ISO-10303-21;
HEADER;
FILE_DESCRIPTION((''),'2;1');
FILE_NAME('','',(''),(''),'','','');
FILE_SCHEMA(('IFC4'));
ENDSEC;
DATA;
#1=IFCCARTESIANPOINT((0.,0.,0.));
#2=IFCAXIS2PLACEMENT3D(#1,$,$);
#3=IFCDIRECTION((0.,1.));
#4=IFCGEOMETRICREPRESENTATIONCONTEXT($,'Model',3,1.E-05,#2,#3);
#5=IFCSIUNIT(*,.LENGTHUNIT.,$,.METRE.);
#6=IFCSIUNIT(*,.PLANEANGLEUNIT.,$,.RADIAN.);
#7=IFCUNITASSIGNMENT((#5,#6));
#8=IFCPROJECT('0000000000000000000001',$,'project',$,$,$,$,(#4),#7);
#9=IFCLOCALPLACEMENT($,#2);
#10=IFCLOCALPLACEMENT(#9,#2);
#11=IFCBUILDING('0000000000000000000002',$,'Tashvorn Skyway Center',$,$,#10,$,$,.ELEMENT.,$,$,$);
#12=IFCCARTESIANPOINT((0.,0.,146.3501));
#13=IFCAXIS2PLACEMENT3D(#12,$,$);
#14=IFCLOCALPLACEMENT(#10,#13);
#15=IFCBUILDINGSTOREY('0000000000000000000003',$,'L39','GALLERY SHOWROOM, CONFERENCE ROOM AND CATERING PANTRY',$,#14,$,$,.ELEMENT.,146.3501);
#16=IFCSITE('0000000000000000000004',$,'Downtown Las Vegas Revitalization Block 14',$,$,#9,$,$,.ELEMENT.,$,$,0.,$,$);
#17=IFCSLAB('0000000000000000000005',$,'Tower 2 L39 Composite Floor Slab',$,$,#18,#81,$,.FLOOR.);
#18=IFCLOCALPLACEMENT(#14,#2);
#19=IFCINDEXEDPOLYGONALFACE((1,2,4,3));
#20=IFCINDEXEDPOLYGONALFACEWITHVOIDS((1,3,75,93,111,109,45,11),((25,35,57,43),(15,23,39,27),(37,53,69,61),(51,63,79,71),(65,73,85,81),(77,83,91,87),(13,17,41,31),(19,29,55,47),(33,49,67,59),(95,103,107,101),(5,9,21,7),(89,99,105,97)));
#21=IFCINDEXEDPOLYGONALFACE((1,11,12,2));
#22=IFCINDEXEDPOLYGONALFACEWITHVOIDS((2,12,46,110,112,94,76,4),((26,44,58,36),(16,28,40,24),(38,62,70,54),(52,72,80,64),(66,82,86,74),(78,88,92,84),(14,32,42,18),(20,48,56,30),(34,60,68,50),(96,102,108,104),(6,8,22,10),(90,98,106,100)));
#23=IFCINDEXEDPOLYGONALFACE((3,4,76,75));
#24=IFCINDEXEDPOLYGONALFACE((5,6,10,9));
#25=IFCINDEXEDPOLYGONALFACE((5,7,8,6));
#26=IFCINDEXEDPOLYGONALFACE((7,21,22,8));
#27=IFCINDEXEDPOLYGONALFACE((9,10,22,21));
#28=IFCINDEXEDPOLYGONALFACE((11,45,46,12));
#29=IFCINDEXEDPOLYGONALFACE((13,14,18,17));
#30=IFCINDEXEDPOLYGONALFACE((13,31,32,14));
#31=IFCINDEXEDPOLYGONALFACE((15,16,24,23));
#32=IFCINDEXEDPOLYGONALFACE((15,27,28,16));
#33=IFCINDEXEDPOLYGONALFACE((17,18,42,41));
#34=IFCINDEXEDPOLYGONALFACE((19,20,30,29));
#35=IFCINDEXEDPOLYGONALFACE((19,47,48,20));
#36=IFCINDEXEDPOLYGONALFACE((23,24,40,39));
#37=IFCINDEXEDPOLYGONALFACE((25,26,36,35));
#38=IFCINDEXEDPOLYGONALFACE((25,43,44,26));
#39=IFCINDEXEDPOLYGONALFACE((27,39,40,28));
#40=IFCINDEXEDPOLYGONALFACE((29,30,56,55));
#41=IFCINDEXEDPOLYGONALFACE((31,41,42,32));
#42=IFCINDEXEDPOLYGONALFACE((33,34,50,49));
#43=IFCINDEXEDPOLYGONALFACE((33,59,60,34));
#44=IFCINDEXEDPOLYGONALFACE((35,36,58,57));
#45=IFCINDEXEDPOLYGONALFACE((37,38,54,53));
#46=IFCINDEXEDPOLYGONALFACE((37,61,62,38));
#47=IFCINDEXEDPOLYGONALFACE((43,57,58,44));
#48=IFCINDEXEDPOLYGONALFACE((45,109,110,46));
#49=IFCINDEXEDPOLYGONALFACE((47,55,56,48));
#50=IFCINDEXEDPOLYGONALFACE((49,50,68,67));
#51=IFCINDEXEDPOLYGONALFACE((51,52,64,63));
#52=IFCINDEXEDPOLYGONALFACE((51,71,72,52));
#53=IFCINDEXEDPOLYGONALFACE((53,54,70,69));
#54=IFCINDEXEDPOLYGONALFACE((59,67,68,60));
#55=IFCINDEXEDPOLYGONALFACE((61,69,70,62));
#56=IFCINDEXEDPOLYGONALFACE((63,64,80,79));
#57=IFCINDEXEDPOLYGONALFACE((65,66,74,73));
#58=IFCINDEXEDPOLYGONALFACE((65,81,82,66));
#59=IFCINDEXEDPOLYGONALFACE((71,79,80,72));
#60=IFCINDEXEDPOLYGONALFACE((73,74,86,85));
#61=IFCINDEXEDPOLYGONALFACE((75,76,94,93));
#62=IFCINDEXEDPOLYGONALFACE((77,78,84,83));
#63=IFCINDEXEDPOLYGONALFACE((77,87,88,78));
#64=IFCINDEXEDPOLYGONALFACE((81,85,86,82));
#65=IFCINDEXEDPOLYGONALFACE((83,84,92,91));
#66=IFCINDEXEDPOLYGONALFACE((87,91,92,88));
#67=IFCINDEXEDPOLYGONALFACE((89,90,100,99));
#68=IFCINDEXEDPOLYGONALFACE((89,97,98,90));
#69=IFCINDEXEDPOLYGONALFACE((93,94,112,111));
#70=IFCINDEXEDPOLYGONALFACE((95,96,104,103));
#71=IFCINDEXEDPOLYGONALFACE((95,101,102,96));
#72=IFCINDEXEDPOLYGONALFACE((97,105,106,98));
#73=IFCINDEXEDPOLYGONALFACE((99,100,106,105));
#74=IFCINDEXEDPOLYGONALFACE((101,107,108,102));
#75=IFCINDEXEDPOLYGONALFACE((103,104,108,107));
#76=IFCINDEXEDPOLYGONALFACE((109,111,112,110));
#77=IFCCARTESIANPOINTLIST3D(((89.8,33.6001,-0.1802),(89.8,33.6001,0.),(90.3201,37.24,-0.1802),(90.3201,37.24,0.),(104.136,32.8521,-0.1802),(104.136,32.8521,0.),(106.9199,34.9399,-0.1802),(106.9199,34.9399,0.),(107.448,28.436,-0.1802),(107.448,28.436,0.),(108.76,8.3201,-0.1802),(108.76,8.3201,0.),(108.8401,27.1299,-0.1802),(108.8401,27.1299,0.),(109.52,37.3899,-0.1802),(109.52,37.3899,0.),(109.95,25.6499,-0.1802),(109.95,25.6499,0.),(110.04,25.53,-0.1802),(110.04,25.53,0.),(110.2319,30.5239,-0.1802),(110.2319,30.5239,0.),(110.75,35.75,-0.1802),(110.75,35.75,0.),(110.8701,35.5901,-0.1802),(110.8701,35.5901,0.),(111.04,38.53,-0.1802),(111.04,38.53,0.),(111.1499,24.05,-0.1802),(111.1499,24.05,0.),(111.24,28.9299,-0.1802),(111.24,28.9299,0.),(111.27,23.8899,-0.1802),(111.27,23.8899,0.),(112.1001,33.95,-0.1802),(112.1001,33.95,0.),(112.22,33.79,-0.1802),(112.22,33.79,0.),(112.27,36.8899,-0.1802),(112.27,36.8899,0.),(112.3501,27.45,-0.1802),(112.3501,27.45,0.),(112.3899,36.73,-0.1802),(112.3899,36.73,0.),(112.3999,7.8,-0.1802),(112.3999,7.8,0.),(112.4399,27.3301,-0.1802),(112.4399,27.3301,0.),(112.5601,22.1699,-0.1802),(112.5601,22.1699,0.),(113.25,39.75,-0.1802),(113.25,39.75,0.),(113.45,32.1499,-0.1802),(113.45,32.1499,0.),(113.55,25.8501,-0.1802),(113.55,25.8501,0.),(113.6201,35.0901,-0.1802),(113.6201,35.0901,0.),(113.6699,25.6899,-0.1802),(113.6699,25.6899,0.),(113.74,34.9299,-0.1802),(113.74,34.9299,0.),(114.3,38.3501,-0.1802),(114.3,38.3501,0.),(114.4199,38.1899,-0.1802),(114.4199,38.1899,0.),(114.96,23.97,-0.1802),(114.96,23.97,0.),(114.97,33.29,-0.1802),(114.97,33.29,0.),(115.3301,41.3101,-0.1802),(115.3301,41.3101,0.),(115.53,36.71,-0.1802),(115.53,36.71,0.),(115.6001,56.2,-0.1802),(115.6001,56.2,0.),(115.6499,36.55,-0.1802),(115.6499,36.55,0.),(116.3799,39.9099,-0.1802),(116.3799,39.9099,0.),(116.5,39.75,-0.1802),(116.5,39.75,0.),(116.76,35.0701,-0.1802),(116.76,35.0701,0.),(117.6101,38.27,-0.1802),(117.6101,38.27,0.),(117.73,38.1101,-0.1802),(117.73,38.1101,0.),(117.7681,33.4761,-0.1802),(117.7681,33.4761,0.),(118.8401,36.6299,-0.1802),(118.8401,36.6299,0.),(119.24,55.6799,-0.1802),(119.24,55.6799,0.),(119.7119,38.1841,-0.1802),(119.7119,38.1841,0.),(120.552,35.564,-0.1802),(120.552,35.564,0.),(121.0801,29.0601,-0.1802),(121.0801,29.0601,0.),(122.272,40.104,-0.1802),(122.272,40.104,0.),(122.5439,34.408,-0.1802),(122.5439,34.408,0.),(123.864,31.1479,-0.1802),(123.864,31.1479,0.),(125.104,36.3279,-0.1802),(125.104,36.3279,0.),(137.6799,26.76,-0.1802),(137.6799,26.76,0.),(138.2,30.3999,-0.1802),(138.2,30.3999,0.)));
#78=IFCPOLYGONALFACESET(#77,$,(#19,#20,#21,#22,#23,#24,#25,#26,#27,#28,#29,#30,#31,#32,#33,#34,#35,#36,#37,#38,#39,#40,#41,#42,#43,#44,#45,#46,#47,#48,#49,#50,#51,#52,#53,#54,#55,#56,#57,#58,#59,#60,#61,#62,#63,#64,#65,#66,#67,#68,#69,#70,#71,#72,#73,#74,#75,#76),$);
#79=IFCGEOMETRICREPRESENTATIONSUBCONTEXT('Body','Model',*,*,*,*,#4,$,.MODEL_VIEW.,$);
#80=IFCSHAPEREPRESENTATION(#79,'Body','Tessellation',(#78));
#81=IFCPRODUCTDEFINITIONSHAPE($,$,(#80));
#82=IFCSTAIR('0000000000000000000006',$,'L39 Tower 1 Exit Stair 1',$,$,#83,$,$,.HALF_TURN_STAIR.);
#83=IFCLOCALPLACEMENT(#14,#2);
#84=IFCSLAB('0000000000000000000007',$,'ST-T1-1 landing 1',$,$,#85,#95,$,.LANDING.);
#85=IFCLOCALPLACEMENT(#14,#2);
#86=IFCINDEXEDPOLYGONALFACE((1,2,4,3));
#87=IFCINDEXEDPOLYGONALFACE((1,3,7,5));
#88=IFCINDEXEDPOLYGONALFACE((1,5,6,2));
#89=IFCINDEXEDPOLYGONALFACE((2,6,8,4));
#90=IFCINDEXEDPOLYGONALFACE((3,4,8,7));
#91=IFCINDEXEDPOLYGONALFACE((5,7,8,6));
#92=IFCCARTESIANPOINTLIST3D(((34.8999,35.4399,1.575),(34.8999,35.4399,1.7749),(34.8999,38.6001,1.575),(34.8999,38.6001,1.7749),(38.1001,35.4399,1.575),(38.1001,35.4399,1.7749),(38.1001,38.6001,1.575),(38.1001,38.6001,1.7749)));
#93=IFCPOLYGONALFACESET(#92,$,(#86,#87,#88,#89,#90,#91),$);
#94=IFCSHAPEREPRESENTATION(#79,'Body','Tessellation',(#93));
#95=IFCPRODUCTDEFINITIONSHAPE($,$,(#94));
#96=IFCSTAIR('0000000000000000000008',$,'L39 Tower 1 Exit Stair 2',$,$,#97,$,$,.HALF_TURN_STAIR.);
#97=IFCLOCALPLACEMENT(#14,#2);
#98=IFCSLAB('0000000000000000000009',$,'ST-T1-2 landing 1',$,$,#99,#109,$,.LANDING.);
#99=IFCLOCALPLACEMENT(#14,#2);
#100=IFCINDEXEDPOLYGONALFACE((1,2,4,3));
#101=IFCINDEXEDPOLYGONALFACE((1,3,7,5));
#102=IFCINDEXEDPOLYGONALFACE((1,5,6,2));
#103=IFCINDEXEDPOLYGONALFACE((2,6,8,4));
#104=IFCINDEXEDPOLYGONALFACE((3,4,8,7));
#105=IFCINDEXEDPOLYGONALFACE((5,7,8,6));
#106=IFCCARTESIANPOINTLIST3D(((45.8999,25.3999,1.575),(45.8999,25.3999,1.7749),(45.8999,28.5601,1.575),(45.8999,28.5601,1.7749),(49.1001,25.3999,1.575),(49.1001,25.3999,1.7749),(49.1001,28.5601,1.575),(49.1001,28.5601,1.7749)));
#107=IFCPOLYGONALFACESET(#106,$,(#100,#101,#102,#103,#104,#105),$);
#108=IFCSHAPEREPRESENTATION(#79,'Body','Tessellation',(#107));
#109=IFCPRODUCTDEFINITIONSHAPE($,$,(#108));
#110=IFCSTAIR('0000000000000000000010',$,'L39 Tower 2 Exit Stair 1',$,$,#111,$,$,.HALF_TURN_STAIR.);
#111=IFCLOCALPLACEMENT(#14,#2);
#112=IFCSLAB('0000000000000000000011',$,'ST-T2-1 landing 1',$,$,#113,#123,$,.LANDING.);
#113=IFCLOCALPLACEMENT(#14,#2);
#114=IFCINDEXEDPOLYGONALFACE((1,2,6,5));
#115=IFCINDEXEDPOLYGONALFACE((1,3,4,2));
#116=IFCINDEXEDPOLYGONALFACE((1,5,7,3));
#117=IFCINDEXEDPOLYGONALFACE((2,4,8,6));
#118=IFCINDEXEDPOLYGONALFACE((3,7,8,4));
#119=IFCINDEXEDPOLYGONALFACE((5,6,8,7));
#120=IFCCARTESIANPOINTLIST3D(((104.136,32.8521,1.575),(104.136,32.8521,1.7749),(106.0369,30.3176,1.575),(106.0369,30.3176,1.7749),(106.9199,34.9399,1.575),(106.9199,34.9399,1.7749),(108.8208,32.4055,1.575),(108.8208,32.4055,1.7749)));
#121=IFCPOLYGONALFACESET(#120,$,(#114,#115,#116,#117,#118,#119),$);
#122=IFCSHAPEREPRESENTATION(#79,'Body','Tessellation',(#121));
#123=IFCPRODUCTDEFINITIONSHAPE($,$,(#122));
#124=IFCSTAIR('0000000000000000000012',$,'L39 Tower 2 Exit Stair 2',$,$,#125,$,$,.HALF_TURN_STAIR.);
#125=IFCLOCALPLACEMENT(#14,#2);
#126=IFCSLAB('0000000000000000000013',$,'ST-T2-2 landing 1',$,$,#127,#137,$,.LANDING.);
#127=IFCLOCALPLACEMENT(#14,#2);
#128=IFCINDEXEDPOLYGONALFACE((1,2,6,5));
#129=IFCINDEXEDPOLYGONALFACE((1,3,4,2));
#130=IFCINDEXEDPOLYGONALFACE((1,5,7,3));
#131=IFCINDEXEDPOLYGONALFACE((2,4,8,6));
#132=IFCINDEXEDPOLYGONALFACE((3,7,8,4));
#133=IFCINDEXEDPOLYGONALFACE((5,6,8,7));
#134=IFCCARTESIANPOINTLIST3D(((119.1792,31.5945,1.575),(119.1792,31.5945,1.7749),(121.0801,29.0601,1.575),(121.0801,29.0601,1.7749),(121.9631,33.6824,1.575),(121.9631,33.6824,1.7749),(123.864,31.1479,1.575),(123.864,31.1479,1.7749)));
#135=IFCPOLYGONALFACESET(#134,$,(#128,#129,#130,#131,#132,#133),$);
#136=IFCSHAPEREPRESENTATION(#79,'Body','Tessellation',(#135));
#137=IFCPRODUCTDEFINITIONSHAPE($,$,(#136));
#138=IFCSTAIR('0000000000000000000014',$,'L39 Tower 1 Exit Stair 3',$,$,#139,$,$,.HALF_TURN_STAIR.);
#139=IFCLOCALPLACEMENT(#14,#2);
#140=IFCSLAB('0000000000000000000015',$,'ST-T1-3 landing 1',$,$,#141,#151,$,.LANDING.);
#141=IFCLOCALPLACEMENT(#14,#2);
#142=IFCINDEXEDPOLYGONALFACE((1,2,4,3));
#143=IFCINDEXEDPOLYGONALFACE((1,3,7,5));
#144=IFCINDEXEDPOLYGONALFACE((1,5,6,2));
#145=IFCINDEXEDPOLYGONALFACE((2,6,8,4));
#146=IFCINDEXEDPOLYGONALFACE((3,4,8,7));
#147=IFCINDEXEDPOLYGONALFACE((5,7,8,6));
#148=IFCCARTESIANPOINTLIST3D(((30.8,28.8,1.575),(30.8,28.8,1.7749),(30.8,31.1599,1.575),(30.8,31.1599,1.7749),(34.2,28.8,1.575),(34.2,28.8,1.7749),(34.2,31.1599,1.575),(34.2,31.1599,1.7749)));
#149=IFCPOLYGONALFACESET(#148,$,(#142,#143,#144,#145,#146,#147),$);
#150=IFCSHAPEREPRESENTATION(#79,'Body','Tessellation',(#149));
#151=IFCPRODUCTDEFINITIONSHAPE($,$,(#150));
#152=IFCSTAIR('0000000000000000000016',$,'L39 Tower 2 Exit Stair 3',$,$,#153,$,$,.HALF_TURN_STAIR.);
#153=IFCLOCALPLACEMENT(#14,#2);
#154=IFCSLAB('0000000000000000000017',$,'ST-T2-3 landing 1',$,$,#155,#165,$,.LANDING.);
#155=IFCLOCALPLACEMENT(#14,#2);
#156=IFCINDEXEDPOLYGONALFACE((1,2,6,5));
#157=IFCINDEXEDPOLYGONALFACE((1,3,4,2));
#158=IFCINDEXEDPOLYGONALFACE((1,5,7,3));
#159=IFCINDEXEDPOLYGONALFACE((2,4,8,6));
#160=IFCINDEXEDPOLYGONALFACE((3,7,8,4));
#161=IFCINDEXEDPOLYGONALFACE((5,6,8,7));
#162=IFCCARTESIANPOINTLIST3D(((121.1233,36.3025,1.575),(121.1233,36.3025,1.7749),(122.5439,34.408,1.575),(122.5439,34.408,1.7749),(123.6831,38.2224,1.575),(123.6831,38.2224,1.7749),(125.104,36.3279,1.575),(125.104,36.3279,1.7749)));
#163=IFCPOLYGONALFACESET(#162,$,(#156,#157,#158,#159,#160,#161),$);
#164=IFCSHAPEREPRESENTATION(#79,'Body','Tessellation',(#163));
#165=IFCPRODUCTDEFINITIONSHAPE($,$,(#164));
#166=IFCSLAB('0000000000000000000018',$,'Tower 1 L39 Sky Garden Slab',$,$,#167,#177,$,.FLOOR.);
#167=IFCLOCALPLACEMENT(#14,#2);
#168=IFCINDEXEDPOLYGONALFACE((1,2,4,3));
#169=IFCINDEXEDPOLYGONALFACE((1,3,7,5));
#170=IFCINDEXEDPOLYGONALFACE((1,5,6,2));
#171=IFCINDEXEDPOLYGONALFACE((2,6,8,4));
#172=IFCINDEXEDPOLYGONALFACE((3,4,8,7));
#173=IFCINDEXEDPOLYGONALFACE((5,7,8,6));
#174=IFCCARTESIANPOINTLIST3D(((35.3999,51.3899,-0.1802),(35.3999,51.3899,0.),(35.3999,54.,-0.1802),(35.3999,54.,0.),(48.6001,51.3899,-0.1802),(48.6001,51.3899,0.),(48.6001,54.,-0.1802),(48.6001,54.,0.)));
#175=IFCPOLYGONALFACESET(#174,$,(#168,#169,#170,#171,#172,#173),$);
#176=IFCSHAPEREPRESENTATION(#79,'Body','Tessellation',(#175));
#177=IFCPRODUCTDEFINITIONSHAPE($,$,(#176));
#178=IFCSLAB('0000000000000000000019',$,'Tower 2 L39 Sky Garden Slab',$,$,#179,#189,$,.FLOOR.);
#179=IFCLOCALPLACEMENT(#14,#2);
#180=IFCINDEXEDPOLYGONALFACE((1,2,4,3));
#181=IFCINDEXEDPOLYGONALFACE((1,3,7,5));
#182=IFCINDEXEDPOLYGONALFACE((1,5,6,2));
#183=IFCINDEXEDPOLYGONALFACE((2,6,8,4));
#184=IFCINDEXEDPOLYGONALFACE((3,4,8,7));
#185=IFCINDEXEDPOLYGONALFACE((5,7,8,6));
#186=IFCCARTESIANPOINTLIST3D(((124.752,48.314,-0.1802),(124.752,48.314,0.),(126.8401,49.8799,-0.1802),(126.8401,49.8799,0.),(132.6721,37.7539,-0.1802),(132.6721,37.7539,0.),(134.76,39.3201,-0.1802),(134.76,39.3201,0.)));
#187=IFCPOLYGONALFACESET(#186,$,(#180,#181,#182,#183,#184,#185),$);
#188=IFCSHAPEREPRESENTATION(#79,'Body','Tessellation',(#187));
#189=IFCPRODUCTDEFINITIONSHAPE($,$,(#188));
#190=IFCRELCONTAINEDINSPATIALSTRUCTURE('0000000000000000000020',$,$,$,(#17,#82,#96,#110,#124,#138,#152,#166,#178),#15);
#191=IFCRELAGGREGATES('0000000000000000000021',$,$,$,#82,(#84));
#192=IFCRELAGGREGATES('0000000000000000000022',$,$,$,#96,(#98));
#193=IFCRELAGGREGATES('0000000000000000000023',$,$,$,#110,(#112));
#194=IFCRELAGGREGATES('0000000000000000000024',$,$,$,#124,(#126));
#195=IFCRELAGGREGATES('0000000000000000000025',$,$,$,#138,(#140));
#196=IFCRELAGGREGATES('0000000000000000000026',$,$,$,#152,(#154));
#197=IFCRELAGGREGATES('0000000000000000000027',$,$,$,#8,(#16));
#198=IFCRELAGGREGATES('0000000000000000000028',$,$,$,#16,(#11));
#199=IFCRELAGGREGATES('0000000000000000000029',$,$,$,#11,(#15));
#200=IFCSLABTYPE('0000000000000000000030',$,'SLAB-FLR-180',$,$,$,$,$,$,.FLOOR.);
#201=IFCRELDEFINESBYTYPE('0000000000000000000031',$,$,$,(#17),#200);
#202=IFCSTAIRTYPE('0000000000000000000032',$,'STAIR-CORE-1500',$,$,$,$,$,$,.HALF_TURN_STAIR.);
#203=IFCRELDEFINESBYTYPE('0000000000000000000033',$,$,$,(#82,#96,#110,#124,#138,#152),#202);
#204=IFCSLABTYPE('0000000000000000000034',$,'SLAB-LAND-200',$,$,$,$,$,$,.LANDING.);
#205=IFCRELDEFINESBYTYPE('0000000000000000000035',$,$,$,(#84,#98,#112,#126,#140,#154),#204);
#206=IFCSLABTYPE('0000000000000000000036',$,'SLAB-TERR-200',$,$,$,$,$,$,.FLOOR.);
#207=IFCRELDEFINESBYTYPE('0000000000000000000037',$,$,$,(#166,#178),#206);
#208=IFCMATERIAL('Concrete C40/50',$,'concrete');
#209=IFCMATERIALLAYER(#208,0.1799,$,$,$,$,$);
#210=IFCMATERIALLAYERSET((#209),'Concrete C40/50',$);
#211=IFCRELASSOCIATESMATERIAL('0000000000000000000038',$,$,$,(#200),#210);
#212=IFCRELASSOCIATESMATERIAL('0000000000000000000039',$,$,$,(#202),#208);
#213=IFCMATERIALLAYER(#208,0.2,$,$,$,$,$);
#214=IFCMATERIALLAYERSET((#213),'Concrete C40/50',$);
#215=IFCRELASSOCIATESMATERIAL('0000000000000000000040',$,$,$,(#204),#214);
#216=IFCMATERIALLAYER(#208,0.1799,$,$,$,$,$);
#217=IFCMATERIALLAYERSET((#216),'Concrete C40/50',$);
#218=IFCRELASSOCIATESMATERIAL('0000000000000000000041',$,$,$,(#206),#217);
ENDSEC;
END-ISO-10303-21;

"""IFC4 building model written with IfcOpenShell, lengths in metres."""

from ifc_helpers import new_model, si_unit, direction, frame, origin, place, context, subcontext, project, spatial, polyline, outline, extrude, material, layer, layer_set, type_object, element, aggregate, save


model = new_model("IFC4")

# Units and contexts
model_context = context("Model", 3, precision=1e-05, world=origin(), true_north=direction((0.0, 1.0)))
body_context = subcontext(model_context, "Body", "Model", "MODEL_VIEW")
ifc_project = project(units=[si_unit("LENGTHUNIT", "METRE"), si_unit("PLANEANGLEUNIT", "RADIAN")], contexts=[model_context])

# Site, building, storey
site_placement = place(None, origin())
site = spatial("IfcSite", under=ifc_project, at=site_placement, Name="Downtown Las Vegas Revitalization Block 14", CompositionType="ELEMENT", RefElevation=0.0)
building_placement = place(site_placement, origin())
building = spatial("IfcBuilding", under=site, at=building_placement, Name="Tashvorn Skyway Center", CompositionType="ELEMENT")
storey_placement = place(building_placement, frame((0.0, 0.0, 146.3501)))
storey = spatial("IfcBuildingStorey", under=building, at=storey_placement, Name="L39", Description="GALLERY SHOWROOM, CONFERENCE ROOM AND CATERING PANTRY", CompositionType="ELEMENT", Elevation=146.3501)

# Slab
ifc_material_1 = material(Name="Concrete C40/50", Category="concrete")
ifc_layer_1 = layer(ifc_material_1, 0.1799)
ifc_layer_set_1 = layer_set([ifc_layer_1], Name="Concrete C40/50")
slab_type_1 = type_object("IfcSlabType", Name="SLAB-FLR-180", PredefinedType="FLOOR", material=ifc_layer_set_1)
slab_1_placement = place(storey_placement, frame((0.0, 0.0, -0.1802)))
element("IfcSlab", 1, at=slab_1_placement, inside=storey, type_object=slab_type_1, Name="Tower 2 L39 Composite Floor Slab", PredefinedType="FLOOR", context=body_context, shape_type="SweptSolid", body=[
    extrude(outline(polyline([(112.3999, 7.8), (137.6799, 26.76), (138.2, 30.3999), (119.24, 55.6799), (115.6001, 56.2), (90.3201, 37.24), (89.8, 33.6001), (108.76, 8.3201), (112.3999, 7.8)]), holes=[polyline([(110.2319, 30.5239), (106.9199, 34.9399), (104.136, 32.8521), (107.448, 28.436), (110.2319, 30.5239)]), polyline([(117.7681, 33.4761), (121.0801, 29.0601), (123.864, 31.1479), (120.552, 35.564), (117.7681, 33.4761)]), polyline([(119.7119, 38.1841), (122.5439, 34.408), (125.104, 36.3279), (122.272, 40.104), (119.7119, 38.1841)]), polyline([(109.95, 25.6499), (112.3501, 27.45), (111.24, 28.9299), (108.8401, 27.1299), (109.95, 25.6499)]), polyline([(111.1499, 24.05), (113.55, 25.8501), (112.4399, 27.3301), (110.04, 25.53), (111.1499, 24.05)]), polyline([(112.5601, 22.1699), (114.96, 23.97), (113.6699, 25.6899), (111.27, 23.8899), (112.5601, 22.1699)]), polyline([(113.45, 32.1499), (114.97, 33.29), (113.74, 34.9299), (112.22, 33.79), (113.45, 32.1499)]), polyline([(112.1001, 33.95), (113.6201, 35.0901), (112.3899, 36.73), (110.8701, 35.5901), (112.1001, 33.95)]), polyline([(110.75, 35.75), (112.27, 36.8899), (111.04, 38.53), (109.52, 37.3899), (110.75, 35.75)]), polyline([(116.76, 35.0701), (118.8401, 36.6299), (117.73, 38.1101), (115.6499, 36.55), (116.76, 35.0701)]), polyline([(115.53, 36.71), (117.6101, 38.27), (116.5, 39.75), (114.4199, 38.1899), (115.53, 36.71)]), polyline([(114.3, 38.3501), (116.3799, 39.9099), (115.3301, 41.3101), (113.25, 39.75), (114.3, 38.3501)])]), origin(), (0.0, 0.0, 1.0), 0.1802),
])

# Stairs, slabs
stair_type = type_object("IfcStairType", Name="STAIR-CORE-1500", PredefinedType="HALF_TURN_STAIR", material=ifc_material_1)
stair_1_placement = place(storey_placement, origin())
stair_1 = element("IfcStair", 2, at=stair_1_placement, inside=storey, type_object=stair_type, Name="L39 Tower 1 Exit Stair 1", PredefinedType="HALF_TURN_STAIR")
ifc_layer_2 = layer(ifc_material_1, 0.2)
ifc_layer_set_2 = layer_set([ifc_layer_2], Name="Concrete C40/50")
slab_type_2 = type_object("IfcSlabType", Name="SLAB-LAND-200", PredefinedType="LANDING", material=ifc_layer_set_2)
slab_2_placement = place(storey_placement, frame((0.0, 0.0, 1.575)))
slab_2 = element("IfcSlab", 3, at=slab_2_placement, type_object=slab_type_2, Name="ST-T1-1 landing 1", PredefinedType="LANDING", context=body_context, shape_type="SweptSolid", body=[
    extrude(outline(polyline([(38.1001, 35.4399), (38.1001, 38.6001), (34.8999, 38.6001), (34.8999, 35.4399), (38.1001, 35.4399)])), origin(), (0.0, 0.0, 1.0), 0.2),
])
aggregate(stair_1, [slab_2])
stair_2_placement = place(storey_placement, origin())
stair_2 = element("IfcStair", 4, at=stair_2_placement, inside=storey, type_object=stair_type, Name="L39 Tower 1 Exit Stair 2", PredefinedType="HALF_TURN_STAIR")
slab_3_placement = place(storey_placement, frame((0.0, 0.0, 1.575)))
slab_3 = element("IfcSlab", 5, at=slab_3_placement, type_object=slab_type_2, Name="ST-T1-2 landing 1", PredefinedType="LANDING", context=body_context, shape_type="SweptSolid", body=[
    extrude(outline(polyline([(45.8999, 28.5601), (45.8999, 25.3999), (49.1001, 25.3999), (49.1001, 28.5601), (45.8999, 28.5601)])), origin(), (0.0, 0.0, 1.0), 0.2),
])
aggregate(stair_2, [slab_3])
stair_3_placement = place(storey_placement, origin())
stair_3 = element("IfcStair", 6, at=stair_3_placement, inside=storey, type_object=stair_type, Name="L39 Tower 2 Exit Stair 1", PredefinedType="HALF_TURN_STAIR")
slab_4_placement = place(storey_placement, frame((0.0, 0.0, 1.575)))
slab_4 = element("IfcSlab", 7, at=slab_4_placement, type_object=slab_type_2, Name="ST-T2-1 landing 1", PredefinedType="LANDING", context=body_context, shape_type="SweptSolid", body=[
    extrude(outline(polyline([(108.8208, 32.4055), (106.9199, 34.9399), (104.136, 32.8521), (106.0369, 30.3176), (108.8208, 32.4055)])), origin(), (0.0, 0.0, 1.0), 0.2),
])
aggregate(stair_3, [slab_4])
stair_4_placement = place(storey_placement, origin())
stair_4 = element("IfcStair", 8, at=stair_4_placement, inside=storey, type_object=stair_type, Name="L39 Tower 2 Exit Stair 2", PredefinedType="HALF_TURN_STAIR")
slab_5_placement = place(storey_placement, frame((0.0, 0.0, 1.575)))
slab_5 = element("IfcSlab", 9, at=slab_5_placement, type_object=slab_type_2, Name="ST-T2-2 landing 1", PredefinedType="LANDING", context=body_context, shape_type="SweptSolid", body=[
    extrude(outline(polyline([(119.1792, 31.5945), (121.0801, 29.0601), (123.864, 31.1479), (121.9631, 33.6824), (119.1792, 31.5945)])), origin(), (0.0, 0.0, 1.0), 0.2),
])
aggregate(stair_4, [slab_5])
stair_5_placement = place(storey_placement, origin())
stair_5 = element("IfcStair", 10, at=stair_5_placement, inside=storey, type_object=stair_type, Name="L39 Tower 1 Exit Stair 3", PredefinedType="HALF_TURN_STAIR")
slab_6_placement = place(storey_placement, frame((0.0, 0.0, 1.575)))
slab_6 = element("IfcSlab", 11, at=slab_6_placement, type_object=slab_type_2, Name="ST-T1-3 landing 1", PredefinedType="LANDING", context=body_context, shape_type="SweptSolid", body=[
    extrude(outline(polyline([(30.8, 31.1599), (30.8, 28.8), (34.2, 28.8), (34.2, 31.1599), (30.8, 31.1599)])), origin(), (0.0, 0.0, 1.0), 0.2),
])
aggregate(stair_5, [slab_6])
stair_6_placement = place(storey_placement, origin())
stair_6 = element("IfcStair", 12, at=stair_6_placement, inside=storey, type_object=stair_type, Name="L39 Tower 2 Exit Stair 3", PredefinedType="HALF_TURN_STAIR")
slab_7_placement = place(storey_placement, frame((0.0, 0.0, 1.575)))
slab_7 = element("IfcSlab", 13, at=slab_7_placement, type_object=slab_type_2, Name="ST-T2-3 landing 1", PredefinedType="LANDING", context=body_context, shape_type="SweptSolid", body=[
    extrude(outline(polyline([(121.1233, 36.3025), (122.5439, 34.408), (125.104, 36.3279), (123.6831, 38.2224), (121.1233, 36.3025)])), origin(), (0.0, 0.0, 1.0), 0.2),
])
aggregate(stair_6, [slab_7])

# Slabs
ifc_layer_3 = layer(ifc_material_1, 0.1799)
ifc_layer_set_3 = layer_set([ifc_layer_3], Name="Concrete C40/50")
slab_type_3 = type_object("IfcSlabType", Name="SLAB-TERR-200", PredefinedType="FLOOR", material=ifc_layer_set_3)
slab_8_placement = place(storey_placement, frame((0.0, 0.0, -0.1802)))
element("IfcSlab", 14, at=slab_8_placement, inside=storey, type_object=slab_type_3, Name="Tower 1 L39 Sky Garden Slab", PredefinedType="FLOOR", context=body_context, shape_type="SweptSolid", body=[
    extrude(outline(polyline([(35.3999, 51.3899), (48.6001, 51.3899), (48.6001, 54.0), (35.3999, 54.0), (35.3999, 51.3899)])), origin(), (0.0, 0.0, 1.0), 0.1802),
])
slab_9_placement = place(storey_placement, frame((0.0, 0.0, -0.1802)))
element("IfcSlab", 15, at=slab_9_placement, inside=storey, type_object=slab_type_3, Name="Tower 2 L39 Sky Garden Slab", PredefinedType="FLOOR", context=body_context, shape_type="SweptSolid", body=[
    extrude(outline(polyline([(132.6721, 37.7539), (134.76, 39.3201), (126.8401, 49.8799), (124.752, 48.314), (132.6721, 37.7539)])), origin(), (0.0, 0.0, 1.0), 0.1802),
])

save(model, "model.ifc")
